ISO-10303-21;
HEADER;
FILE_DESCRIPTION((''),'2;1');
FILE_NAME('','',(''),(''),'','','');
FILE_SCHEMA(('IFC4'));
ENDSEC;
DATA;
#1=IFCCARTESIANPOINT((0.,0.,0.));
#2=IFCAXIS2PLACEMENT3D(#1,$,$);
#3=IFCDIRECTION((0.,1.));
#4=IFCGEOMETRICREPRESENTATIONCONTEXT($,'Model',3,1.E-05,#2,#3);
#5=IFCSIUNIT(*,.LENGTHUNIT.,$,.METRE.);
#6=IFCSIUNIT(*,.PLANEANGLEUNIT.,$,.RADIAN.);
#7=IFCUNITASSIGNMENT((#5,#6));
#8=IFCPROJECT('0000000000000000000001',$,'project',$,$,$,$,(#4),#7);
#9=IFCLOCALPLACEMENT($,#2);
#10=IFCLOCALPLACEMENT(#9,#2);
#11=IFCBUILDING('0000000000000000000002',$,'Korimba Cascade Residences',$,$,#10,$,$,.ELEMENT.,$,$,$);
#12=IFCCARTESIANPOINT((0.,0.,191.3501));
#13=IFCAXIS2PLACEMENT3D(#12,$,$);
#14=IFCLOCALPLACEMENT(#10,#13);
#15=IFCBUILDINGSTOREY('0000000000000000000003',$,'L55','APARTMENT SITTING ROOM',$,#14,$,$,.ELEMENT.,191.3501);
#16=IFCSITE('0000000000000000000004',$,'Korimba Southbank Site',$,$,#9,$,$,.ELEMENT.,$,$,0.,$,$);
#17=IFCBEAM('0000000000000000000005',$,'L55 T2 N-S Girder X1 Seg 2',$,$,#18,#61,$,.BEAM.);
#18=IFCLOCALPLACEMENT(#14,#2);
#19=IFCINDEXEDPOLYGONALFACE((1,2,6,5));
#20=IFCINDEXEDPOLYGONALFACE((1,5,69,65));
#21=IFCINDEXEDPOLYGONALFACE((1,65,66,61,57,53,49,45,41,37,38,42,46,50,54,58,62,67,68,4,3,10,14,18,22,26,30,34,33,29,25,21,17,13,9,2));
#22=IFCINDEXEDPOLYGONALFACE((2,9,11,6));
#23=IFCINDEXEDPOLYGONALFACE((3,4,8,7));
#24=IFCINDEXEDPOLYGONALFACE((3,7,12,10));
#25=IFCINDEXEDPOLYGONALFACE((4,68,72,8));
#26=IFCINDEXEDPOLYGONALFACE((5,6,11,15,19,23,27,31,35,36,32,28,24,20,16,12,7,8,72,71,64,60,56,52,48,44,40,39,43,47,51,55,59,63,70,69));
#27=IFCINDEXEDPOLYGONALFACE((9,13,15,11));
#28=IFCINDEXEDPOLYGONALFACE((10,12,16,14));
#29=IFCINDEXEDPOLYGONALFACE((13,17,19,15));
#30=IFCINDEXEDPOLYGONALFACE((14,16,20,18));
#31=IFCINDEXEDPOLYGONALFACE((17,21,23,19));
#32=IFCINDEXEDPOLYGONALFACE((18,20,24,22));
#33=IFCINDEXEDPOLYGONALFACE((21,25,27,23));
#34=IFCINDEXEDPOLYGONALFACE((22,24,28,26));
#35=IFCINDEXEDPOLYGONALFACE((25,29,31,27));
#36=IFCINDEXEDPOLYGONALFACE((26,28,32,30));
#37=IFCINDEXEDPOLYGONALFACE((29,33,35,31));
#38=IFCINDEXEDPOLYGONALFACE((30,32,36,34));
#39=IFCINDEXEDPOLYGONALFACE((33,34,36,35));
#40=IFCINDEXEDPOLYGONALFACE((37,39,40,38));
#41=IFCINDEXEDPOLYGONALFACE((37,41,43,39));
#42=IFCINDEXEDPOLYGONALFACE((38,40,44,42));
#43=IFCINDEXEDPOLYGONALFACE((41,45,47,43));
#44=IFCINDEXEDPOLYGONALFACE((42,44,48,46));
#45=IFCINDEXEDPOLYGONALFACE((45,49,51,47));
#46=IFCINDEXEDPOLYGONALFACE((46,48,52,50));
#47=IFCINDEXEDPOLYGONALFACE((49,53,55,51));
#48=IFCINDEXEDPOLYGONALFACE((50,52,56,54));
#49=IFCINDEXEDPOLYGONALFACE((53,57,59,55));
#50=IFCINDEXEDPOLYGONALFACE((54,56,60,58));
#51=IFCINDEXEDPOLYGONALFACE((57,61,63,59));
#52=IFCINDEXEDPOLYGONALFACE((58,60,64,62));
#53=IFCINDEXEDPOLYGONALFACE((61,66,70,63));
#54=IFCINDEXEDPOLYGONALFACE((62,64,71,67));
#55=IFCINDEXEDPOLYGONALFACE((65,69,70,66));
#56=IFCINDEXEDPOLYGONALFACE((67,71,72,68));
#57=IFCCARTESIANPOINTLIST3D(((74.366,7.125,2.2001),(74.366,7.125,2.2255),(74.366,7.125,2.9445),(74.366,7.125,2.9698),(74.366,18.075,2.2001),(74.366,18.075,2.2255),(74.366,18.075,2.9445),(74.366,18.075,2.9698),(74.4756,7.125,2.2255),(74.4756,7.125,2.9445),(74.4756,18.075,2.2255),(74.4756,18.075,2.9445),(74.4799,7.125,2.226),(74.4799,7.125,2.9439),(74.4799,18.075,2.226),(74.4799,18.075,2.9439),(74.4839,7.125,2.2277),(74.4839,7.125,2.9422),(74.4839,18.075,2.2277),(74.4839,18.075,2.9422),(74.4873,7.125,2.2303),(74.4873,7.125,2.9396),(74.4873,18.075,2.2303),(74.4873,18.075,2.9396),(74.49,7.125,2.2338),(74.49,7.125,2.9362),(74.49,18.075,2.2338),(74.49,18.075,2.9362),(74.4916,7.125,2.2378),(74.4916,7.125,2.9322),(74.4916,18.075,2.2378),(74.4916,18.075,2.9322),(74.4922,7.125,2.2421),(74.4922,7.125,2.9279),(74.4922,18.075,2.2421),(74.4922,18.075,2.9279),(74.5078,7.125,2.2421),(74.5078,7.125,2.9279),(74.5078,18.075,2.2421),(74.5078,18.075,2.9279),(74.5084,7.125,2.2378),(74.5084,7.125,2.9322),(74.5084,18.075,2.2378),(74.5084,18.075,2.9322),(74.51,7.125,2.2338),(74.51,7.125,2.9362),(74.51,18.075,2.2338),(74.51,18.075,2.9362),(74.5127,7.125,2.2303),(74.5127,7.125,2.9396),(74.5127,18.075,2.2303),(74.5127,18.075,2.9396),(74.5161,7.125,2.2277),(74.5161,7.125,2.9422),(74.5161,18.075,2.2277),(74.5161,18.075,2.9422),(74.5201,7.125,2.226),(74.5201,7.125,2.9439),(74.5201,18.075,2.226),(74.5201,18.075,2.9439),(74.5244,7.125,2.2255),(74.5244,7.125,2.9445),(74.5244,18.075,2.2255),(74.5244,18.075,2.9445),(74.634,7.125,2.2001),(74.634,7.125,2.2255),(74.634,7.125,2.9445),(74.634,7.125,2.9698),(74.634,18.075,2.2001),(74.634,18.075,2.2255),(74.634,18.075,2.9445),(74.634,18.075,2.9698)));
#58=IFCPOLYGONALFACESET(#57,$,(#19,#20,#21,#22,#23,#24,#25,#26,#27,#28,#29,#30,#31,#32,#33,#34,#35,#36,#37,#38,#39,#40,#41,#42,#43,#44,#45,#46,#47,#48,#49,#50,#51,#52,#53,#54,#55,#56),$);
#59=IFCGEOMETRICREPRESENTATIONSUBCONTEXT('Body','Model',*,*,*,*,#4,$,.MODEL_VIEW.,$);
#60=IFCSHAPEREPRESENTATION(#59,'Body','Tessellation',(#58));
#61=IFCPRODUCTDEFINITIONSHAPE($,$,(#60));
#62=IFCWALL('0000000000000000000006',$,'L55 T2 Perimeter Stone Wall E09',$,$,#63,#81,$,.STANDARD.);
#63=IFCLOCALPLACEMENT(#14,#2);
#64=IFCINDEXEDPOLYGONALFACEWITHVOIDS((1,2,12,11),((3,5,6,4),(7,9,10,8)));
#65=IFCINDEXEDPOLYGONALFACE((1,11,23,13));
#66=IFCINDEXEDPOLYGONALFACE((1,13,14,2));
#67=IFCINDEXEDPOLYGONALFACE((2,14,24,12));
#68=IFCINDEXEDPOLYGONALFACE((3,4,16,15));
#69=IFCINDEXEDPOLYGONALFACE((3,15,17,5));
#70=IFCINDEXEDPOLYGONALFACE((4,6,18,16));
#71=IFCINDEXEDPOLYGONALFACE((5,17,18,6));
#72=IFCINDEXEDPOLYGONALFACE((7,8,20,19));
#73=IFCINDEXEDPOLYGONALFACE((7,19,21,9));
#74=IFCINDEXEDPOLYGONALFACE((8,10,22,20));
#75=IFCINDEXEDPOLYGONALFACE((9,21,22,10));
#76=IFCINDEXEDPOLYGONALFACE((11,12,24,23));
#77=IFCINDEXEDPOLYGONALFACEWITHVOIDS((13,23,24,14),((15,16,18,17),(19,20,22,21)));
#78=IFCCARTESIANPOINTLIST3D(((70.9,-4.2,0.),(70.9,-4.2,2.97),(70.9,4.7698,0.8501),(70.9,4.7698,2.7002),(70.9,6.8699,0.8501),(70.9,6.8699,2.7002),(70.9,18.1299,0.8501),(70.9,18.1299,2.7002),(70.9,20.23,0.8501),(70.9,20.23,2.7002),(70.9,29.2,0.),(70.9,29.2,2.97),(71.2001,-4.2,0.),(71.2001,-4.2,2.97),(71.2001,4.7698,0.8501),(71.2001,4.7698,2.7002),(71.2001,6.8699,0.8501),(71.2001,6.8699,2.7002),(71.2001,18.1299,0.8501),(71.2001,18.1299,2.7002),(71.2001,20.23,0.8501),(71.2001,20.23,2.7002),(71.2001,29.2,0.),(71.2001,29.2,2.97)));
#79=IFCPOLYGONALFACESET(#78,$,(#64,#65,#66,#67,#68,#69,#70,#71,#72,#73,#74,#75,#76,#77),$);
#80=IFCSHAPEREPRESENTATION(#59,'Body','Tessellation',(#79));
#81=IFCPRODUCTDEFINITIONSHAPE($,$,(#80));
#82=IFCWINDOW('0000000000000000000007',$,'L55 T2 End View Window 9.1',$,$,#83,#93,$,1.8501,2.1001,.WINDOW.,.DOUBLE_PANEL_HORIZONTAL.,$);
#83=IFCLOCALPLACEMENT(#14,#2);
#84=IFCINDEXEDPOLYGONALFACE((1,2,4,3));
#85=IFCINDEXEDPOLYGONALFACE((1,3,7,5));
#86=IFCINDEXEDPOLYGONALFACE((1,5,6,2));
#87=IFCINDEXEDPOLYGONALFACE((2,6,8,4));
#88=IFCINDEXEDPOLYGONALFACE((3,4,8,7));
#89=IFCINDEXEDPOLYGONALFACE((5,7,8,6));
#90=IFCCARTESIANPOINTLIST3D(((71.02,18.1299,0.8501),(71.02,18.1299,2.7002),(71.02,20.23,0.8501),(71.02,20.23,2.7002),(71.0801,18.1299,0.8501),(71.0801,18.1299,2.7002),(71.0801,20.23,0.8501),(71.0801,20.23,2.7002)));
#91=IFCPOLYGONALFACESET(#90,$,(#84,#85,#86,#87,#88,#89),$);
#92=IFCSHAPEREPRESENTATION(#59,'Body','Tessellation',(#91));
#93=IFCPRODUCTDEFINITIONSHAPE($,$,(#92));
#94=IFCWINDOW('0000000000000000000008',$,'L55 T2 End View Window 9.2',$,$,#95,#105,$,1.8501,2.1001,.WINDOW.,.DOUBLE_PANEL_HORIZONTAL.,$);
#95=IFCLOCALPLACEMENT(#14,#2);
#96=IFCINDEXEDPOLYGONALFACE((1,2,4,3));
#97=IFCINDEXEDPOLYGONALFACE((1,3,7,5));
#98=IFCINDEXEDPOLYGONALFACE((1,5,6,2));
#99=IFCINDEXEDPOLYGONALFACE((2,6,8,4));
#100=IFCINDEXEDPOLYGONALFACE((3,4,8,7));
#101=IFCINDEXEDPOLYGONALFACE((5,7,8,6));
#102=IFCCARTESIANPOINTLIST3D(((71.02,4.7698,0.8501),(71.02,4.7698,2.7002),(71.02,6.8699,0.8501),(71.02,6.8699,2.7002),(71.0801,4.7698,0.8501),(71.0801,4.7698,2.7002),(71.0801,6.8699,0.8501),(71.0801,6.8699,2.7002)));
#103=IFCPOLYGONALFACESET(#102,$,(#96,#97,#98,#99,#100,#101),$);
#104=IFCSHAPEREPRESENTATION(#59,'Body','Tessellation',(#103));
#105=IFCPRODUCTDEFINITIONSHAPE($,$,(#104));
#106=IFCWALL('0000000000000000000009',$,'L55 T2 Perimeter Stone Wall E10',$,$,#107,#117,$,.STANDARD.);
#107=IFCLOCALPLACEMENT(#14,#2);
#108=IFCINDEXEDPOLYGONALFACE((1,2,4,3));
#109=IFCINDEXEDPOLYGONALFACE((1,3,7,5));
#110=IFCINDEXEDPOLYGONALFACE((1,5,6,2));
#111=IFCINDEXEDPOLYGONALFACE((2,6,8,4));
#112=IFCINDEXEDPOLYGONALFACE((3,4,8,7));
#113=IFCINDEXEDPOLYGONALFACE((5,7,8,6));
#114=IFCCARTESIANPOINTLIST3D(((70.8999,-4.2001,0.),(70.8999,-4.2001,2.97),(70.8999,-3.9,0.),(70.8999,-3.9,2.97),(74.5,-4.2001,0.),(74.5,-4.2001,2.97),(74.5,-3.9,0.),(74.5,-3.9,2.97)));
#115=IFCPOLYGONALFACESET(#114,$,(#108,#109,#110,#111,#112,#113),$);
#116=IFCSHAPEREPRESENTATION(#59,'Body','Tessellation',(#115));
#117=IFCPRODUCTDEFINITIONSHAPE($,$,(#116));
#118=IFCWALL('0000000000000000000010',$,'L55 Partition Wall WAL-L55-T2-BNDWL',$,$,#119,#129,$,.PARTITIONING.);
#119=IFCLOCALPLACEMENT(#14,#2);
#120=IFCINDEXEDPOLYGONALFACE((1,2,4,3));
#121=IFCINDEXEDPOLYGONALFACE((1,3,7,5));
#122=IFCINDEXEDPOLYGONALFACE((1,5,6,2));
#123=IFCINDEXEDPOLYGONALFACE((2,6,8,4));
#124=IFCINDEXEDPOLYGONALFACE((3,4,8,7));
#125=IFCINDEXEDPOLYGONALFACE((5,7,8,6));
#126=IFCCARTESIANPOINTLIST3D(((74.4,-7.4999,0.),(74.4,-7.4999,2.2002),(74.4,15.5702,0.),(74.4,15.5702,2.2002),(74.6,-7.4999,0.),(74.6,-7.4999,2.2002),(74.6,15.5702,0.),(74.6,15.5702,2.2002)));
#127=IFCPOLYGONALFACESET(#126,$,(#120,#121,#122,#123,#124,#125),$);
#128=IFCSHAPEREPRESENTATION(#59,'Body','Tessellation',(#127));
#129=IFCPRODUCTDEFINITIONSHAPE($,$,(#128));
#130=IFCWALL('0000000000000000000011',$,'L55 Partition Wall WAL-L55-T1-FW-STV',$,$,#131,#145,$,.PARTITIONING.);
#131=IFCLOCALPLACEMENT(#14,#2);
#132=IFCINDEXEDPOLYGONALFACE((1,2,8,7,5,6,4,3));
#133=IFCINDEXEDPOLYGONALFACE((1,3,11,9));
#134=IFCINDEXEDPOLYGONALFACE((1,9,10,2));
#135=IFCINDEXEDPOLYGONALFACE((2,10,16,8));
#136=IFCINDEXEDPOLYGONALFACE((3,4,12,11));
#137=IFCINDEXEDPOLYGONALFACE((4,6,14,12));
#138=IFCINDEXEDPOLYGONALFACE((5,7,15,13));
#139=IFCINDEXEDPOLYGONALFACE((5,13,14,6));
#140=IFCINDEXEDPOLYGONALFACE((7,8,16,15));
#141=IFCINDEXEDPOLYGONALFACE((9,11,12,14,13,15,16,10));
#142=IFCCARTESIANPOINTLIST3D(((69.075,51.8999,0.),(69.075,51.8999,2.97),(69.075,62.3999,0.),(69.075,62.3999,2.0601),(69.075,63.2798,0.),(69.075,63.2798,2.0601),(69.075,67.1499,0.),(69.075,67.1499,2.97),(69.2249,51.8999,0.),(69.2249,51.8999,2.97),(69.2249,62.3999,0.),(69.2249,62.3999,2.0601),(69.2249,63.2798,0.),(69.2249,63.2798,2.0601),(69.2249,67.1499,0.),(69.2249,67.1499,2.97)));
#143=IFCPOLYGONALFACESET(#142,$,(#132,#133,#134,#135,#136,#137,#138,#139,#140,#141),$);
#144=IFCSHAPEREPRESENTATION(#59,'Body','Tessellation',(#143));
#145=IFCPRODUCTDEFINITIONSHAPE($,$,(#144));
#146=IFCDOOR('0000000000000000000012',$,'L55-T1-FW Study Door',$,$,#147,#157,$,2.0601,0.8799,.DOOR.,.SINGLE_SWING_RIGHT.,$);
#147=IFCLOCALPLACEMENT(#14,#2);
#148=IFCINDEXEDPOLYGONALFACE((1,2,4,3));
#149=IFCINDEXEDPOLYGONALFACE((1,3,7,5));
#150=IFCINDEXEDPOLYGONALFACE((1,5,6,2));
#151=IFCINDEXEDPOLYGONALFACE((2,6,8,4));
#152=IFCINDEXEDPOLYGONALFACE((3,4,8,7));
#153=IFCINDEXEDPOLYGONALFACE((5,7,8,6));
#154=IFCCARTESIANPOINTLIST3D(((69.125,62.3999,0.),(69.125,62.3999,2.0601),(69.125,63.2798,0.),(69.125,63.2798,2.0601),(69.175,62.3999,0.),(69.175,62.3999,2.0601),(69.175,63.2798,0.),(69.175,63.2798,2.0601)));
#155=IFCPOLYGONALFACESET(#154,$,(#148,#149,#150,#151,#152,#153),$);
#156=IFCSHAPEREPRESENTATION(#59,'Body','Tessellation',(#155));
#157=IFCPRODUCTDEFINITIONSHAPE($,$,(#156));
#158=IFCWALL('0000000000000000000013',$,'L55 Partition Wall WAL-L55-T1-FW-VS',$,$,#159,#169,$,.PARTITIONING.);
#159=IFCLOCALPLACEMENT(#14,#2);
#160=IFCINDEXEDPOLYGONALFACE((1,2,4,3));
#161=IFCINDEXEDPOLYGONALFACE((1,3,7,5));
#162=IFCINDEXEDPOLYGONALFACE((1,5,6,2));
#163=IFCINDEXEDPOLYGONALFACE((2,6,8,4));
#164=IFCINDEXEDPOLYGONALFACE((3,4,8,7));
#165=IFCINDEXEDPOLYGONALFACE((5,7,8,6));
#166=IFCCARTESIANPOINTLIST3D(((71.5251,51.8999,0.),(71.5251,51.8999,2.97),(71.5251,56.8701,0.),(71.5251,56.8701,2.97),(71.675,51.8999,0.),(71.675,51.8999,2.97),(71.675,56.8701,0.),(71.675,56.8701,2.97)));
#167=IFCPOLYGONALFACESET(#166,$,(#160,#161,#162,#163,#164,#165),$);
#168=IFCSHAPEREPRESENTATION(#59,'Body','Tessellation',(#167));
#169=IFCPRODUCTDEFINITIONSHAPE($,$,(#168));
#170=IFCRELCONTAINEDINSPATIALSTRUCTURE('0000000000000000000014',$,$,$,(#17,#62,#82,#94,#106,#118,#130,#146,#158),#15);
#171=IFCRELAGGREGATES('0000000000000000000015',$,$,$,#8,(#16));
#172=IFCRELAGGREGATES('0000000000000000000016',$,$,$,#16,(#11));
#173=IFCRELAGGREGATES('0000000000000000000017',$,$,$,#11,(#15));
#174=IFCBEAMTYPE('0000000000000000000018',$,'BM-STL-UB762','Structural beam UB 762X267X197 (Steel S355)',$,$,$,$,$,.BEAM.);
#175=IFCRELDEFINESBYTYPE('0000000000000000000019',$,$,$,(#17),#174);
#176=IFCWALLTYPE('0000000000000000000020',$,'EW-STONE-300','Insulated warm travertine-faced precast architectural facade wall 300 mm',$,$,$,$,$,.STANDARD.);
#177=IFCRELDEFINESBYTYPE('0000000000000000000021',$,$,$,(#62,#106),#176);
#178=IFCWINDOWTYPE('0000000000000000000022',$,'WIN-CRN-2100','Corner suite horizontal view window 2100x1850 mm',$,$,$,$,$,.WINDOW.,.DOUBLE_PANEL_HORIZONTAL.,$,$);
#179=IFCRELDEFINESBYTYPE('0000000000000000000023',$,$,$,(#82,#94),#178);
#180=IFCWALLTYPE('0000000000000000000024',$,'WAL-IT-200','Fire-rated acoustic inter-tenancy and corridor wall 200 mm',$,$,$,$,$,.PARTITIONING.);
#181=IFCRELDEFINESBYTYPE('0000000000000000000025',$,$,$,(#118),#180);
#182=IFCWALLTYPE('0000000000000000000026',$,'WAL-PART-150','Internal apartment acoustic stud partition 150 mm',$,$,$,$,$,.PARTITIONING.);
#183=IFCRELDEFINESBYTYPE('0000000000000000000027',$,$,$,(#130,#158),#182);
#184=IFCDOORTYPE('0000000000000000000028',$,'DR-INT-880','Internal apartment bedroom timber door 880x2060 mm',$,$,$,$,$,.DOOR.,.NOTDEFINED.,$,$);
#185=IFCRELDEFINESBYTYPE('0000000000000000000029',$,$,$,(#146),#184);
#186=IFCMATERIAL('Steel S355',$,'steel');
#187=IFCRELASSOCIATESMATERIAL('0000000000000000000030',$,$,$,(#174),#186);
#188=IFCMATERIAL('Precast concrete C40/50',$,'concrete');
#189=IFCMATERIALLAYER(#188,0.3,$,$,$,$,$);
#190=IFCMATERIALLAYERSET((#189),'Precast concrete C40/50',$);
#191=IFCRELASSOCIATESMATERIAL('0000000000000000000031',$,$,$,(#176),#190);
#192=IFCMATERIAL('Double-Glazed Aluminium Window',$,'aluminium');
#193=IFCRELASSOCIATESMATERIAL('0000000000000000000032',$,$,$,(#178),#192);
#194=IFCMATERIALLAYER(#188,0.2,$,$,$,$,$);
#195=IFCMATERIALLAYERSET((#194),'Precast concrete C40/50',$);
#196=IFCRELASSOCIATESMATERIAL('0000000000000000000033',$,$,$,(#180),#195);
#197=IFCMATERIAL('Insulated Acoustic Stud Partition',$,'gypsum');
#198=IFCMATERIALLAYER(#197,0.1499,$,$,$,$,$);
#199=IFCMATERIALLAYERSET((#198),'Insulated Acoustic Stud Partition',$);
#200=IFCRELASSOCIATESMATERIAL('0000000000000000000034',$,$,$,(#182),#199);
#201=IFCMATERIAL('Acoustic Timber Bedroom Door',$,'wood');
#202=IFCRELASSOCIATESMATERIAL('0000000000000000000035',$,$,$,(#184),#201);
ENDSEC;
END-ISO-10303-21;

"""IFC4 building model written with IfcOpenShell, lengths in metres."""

from ifc_helpers import new_model, si_unit, direction, frame, frame_2d, origin, origin_2d, place, context, subcontext, project, spatial, rectangle, i_section, extrude, material, layer, layer_set, material_profile, profile_set, type_object, element, fill, save


model = new_model("IFC4")

# Units and contexts
model_context = context("Model", 3, precision=1e-05, world=origin(), true_north=direction((0.0, 1.0)))
body_context = subcontext(model_context, "Body", "Model", "MODEL_VIEW")
ifc_project = project(units=[si_unit("LENGTHUNIT", "METRE"), si_unit("PLANEANGLEUNIT", "RADIAN")], contexts=[model_context])

# Site, building, storey
site_placement = place(None, origin())
site = spatial("IfcSite", under=ifc_project, at=site_placement, Name="Korimba Southbank Site", CompositionType="ELEMENT", RefElevation=0.0)
building_placement = place(site_placement, origin())
building = spatial("IfcBuilding", under=site, at=building_placement, Name="Korimba Cascade Residences", CompositionType="ELEMENT")
storey_placement = place(building_placement, frame((0.0, 0.0, 191.3501)))
storey = spatial("IfcBuildingStorey", under=building, at=storey_placement, Name="L55", Description="APARTMENT SITTING ROOM", CompositionType="ELEMENT", Elevation=191.3501)

# Beam
ifc_material_1 = material(Name="Steel S355", Category="steel")
ifc_material_profile_1 = material_profile(ifc_material_1, i_section(OverallWidth=0.2681, OverallDepth=0.7698, WebThickness=0.0156, FlangeThickness=0.0254, FilletRadius=0.0166, at=origin_2d()), Name="Steel S355")
ifc_profile_set_1 = profile_set([ifc_material_profile_1], Name="Steel S355")
beam_type_1 = type_object("IfcBeamType", Name="BM-STL-UB762", Description="Structural beam UB 762X267X197 (Steel S355)", PredefinedType="BEAM", material=ifc_profile_set_1)
beam_1_placement = place(storey_placement, frame((74.5, 7.125, 2.585), z_axis=(0.0, 1.0, 0.0), x_axis=(-1.0, 0.0, 0.0)))
element("IfcBeam", 1, at=beam_1_placement, inside=storey, type_object=beam_type_1, Name="L55 T2 N-S Girder X1 Seg 2", PredefinedType="BEAM", context=body_context, shape_type="SweptSolid", body=[
    extrude(i_section(OverallWidth=0.2681, OverallDepth=0.7698, WebThickness=0.0156, FlangeThickness=0.0254, FilletRadius=0.0166, at=origin_2d()), origin(), (0.0, 0.0, 1.0), 10.95),
])

# Shared definitions
ifc_material_2 = material(Name="Precast concrete C40/50", Category="concrete")
ifc_material_3 = material(Name="Double-Glazed Aluminium Window", Category="aluminium")

# Wall, openings, windows
ifc_layer_1 = layer(ifc_material_2, 0.3)
ifc_layer_set_1 = layer_set([ifc_layer_1], Name="Precast concrete C40/50")
wall_type_1 = type_object("IfcWallType", Name="EW-STONE-300", Description="Insulated warm travertine-faced precast architectural facade wall 300 mm", PredefinedType="STANDARD", material=ifc_layer_set_1)
wall_1_placement = place(storey_placement, frame((71.05, 29.2, 0.0), z_axis=(0.0, 0.0, 1.0), x_axis=(0.0, -1.0, 0.0)))
wall_1 = element("IfcWall", 2, at=wall_1_placement, inside=storey, type_object=wall_type_1, Name="L55 T2 Perimeter Stone Wall E09", PredefinedType="STANDARD", context=body_context, shape_type="SweptSolid", body=[
    extrude(rectangle(XDim=33.3999, YDim=0.3, at=frame_2d((16.7, 0.0))), origin(), (0.0, 0.0, 1.0), 2.97),
])
opening_1_placement = place(wall_1_placement, frame((8.97, 0.0, 0.8501)))
opening_1 = element("IfcOpeningElement", 3, at=opening_1_placement, cuts=wall_1, PredefinedType="OPENING", context=body_context, shape_type="SweptSolid", body=[
    extrude(rectangle(XDim=2.1001, YDim=1.8501, at=frame_2d((1.05, 0.925))), frame((0.0, 0.1602, 0.0), z_axis=(0.0, -1.0, 0.0), x_axis=(1.0, 0.0, 0.0)), (0.0, 0.0, 1.0), 0.3201),
])
opening_2_placement = place(wall_1_placement, frame((22.3301, 0.0, 0.8501)))
opening_2 = element("IfcOpeningElement", 4, at=opening_2_placement, cuts=wall_1, PredefinedType="OPENING", context=body_context, shape_type="SweptSolid", body=[
    extrude(rectangle(XDim=2.1001, YDim=1.8501, at=frame_2d((1.05, 0.925))), frame((0.0, 0.1602, 0.0), z_axis=(0.0, -1.0, 0.0), x_axis=(1.0, 0.0, 0.0)), (0.0, 0.0, 1.0), 0.3201),
])
window_type_1 = type_object("IfcWindowType", Name="WIN-CRN-2100", Description="Corner suite horizontal view window 2100x1850 mm", PartitioningType="DOUBLE_PANEL_HORIZONTAL", PredefinedType="WINDOW", material=ifc_material_3)
window_1_placement = place(opening_1_placement, origin())
window_1 = element("IfcWindow", 5, at=window_1_placement, inside=storey, type_object=window_type_1, Name="L55 T2 End View Window 9.1", OverallHeight=1.8501, OverallWidth=2.1001, PartitioningType="DOUBLE_PANEL_HORIZONTAL", PredefinedType="WINDOW", context=body_context, shape_type="SweptSolid", body=[
    extrude(rectangle(XDim=2.1001, YDim=1.8501, at=frame_2d((1.05, 0.925))), frame((0.0, 0.03, 0.0), z_axis=(0.0, -1.0, 0.0), x_axis=(1.0, 0.0, 0.0)), (0.0, 0.0, 1.0), 0.0601),
])
fill(opening_1, window_1)
window_2_placement = place(opening_2_placement, origin())
window_2 = element("IfcWindow", 6, at=window_2_placement, inside=storey, type_object=window_type_1, Name="L55 T2 End View Window 9.2", OverallHeight=1.8501, OverallWidth=2.1001, PartitioningType="DOUBLE_PANEL_HORIZONTAL", PredefinedType="WINDOW", context=body_context, shape_type="SweptSolid", body=[
    extrude(rectangle(XDim=2.1001, YDim=1.8501, at=frame_2d((1.05, 0.925))), frame((0.0, 0.03, 0.0), z_axis=(0.0, -1.0, 0.0), x_axis=(1.0, 0.0, 0.0)), (0.0, 0.0, 1.0), 0.0601),
])
fill(opening_2, window_2)

# Walls
wall_2_placement = place(storey_placement, frame((70.8999, -4.05, 0.0), z_axis=(0.0, 0.0, 1.0), x_axis=(1.0, 0.0, 0.0)))
element("IfcWall", 7, at=wall_2_placement, inside=storey, type_object=wall_type_1, Name="L55 T2 Perimeter Stone Wall E10", PredefinedType="STANDARD", context=body_context, shape_type="SweptSolid", body=[
    extrude(rectangle(XDim=3.6001, YDim=0.3, at=frame_2d((1.8, 0.0))), origin(), (0.0, 0.0, 1.0), 2.97),
])
ifc_layer_2 = layer(ifc_material_2, 0.2)
ifc_layer_set_2 = layer_set([ifc_layer_2], Name="Precast concrete C40/50")
wall_type_2 = type_object("IfcWallType", Name="WAL-IT-200", Description="Fire-rated acoustic inter-tenancy and corridor wall 200 mm", PredefinedType="PARTITIONING", material=ifc_layer_set_2)
wall_3_placement = place(storey_placement, frame((74.5, -7.5, 0.0), z_axis=(0.0, 0.0, 1.0), x_axis=(0.0, 1.0, 0.0)))
element("IfcWall", 8, at=wall_3_placement, inside=storey, type_object=wall_type_2, Name="L55 Partition Wall WAL-L55-T2-BNDWL", PredefinedType="PARTITIONING", context=body_context, shape_type="SweptSolid", body=[
    extrude(rectangle(XDim=23.0701, YDim=0.2, at=frame_2d((11.5352, 0.0))), origin(), (0.0, 0.0, 1.0), 2.2002),
])

# Wall, opening, door
ifc_material_4 = material(Name="Insulated Acoustic Stud Partition", Category="gypsum")
ifc_layer_3 = layer(ifc_material_4, 0.1499)
ifc_layer_set_3 = layer_set([ifc_layer_3], Name="Insulated Acoustic Stud Partition")
wall_type_3 = type_object("IfcWallType", Name="WAL-PART-150", Description="Internal apartment acoustic stud partition 150 mm", PredefinedType="PARTITIONING", material=ifc_layer_set_3)
wall_4_placement = place(storey_placement, frame((69.1499, 51.8999, 0.0), z_axis=(0.0, 0.0, 1.0), x_axis=(0.0, 1.0, 0.0)))
wall_4 = element("IfcWall", 9, at=wall_4_placement, inside=storey, type_object=wall_type_3, Name="L55 Partition Wall WAL-L55-T1-FW-STV", PredefinedType="PARTITIONING", context=body_context, shape_type="SweptSolid", body=[
    extrude(rectangle(XDim=15.25, YDim=0.1499, at=frame_2d((7.625, 0.0))), origin(), (0.0, 0.0, 1.0), 2.97),
])
opening_3_placement = place(wall_4_placement, frame((10.5, 0.0, 0.0)))
opening_3 = element("IfcOpeningElement", 10, at=opening_3_placement, cuts=wall_4, PredefinedType="OPENING", context=body_context, shape_type="SweptSolid", body=[
    extrude(rectangle(XDim=0.8799, YDim=2.0601, at=frame_2d((0.4399, 1.03))), frame((0.0, 0.085, 0.0), z_axis=(0.0, -1.0, 0.0), x_axis=(1.0, 0.0, 0.0)), (0.0, 0.0, 1.0), 0.1699),
])
ifc_material_5 = material(Name="Acoustic Timber Bedroom Door", Category="wood")
door_type_1 = type_object("IfcDoorType", Name="DR-INT-880", Description="Internal apartment bedroom timber door 880x2060 mm", OperationType="NOTDEFINED", PredefinedType="DOOR", material=ifc_material_5)
door_1_placement = place(opening_3_placement, origin())
door_1 = element("IfcDoor", 11, at=door_1_placement, inside=storey, type_object=door_type_1, Name="L55-T1-FW Study Door", OperationType="SINGLE_SWING_RIGHT", OverallHeight=2.0601, OverallWidth=0.8799, PredefinedType="DOOR", context=body_context, shape_type="SweptSolid", body=[
    extrude(rectangle(XDim=0.8799, YDim=2.0601, at=frame_2d((0.4399, 1.03))), frame((0.0, 0.0249, 0.0), z_axis=(0.0, -1.0, 0.0), x_axis=(1.0, 0.0, 0.0)), (0.0, 0.0, 1.0), 0.05),
])
fill(opening_3, door_1)

# Wall
wall_5_placement = place(storey_placement, frame((71.6001, 51.8999, 0.0), z_axis=(0.0, 0.0, 1.0), x_axis=(0.0, 1.0, 0.0)))
element("IfcWall", 12, at=wall_5_placement, inside=storey, type_object=wall_type_3, Name="L55 Partition Wall WAL-L55-T1-FW-VS", PredefinedType="PARTITIONING", context=body_context, shape_type="SweptSolid", body=[
    extrude(rectangle(XDim=4.9702, YDim=0.1499, at=frame_2d((2.4851, 0.0))), origin(), (0.0, 0.0, 1.0), 2.97),
])

save(model, "model.ifc")
